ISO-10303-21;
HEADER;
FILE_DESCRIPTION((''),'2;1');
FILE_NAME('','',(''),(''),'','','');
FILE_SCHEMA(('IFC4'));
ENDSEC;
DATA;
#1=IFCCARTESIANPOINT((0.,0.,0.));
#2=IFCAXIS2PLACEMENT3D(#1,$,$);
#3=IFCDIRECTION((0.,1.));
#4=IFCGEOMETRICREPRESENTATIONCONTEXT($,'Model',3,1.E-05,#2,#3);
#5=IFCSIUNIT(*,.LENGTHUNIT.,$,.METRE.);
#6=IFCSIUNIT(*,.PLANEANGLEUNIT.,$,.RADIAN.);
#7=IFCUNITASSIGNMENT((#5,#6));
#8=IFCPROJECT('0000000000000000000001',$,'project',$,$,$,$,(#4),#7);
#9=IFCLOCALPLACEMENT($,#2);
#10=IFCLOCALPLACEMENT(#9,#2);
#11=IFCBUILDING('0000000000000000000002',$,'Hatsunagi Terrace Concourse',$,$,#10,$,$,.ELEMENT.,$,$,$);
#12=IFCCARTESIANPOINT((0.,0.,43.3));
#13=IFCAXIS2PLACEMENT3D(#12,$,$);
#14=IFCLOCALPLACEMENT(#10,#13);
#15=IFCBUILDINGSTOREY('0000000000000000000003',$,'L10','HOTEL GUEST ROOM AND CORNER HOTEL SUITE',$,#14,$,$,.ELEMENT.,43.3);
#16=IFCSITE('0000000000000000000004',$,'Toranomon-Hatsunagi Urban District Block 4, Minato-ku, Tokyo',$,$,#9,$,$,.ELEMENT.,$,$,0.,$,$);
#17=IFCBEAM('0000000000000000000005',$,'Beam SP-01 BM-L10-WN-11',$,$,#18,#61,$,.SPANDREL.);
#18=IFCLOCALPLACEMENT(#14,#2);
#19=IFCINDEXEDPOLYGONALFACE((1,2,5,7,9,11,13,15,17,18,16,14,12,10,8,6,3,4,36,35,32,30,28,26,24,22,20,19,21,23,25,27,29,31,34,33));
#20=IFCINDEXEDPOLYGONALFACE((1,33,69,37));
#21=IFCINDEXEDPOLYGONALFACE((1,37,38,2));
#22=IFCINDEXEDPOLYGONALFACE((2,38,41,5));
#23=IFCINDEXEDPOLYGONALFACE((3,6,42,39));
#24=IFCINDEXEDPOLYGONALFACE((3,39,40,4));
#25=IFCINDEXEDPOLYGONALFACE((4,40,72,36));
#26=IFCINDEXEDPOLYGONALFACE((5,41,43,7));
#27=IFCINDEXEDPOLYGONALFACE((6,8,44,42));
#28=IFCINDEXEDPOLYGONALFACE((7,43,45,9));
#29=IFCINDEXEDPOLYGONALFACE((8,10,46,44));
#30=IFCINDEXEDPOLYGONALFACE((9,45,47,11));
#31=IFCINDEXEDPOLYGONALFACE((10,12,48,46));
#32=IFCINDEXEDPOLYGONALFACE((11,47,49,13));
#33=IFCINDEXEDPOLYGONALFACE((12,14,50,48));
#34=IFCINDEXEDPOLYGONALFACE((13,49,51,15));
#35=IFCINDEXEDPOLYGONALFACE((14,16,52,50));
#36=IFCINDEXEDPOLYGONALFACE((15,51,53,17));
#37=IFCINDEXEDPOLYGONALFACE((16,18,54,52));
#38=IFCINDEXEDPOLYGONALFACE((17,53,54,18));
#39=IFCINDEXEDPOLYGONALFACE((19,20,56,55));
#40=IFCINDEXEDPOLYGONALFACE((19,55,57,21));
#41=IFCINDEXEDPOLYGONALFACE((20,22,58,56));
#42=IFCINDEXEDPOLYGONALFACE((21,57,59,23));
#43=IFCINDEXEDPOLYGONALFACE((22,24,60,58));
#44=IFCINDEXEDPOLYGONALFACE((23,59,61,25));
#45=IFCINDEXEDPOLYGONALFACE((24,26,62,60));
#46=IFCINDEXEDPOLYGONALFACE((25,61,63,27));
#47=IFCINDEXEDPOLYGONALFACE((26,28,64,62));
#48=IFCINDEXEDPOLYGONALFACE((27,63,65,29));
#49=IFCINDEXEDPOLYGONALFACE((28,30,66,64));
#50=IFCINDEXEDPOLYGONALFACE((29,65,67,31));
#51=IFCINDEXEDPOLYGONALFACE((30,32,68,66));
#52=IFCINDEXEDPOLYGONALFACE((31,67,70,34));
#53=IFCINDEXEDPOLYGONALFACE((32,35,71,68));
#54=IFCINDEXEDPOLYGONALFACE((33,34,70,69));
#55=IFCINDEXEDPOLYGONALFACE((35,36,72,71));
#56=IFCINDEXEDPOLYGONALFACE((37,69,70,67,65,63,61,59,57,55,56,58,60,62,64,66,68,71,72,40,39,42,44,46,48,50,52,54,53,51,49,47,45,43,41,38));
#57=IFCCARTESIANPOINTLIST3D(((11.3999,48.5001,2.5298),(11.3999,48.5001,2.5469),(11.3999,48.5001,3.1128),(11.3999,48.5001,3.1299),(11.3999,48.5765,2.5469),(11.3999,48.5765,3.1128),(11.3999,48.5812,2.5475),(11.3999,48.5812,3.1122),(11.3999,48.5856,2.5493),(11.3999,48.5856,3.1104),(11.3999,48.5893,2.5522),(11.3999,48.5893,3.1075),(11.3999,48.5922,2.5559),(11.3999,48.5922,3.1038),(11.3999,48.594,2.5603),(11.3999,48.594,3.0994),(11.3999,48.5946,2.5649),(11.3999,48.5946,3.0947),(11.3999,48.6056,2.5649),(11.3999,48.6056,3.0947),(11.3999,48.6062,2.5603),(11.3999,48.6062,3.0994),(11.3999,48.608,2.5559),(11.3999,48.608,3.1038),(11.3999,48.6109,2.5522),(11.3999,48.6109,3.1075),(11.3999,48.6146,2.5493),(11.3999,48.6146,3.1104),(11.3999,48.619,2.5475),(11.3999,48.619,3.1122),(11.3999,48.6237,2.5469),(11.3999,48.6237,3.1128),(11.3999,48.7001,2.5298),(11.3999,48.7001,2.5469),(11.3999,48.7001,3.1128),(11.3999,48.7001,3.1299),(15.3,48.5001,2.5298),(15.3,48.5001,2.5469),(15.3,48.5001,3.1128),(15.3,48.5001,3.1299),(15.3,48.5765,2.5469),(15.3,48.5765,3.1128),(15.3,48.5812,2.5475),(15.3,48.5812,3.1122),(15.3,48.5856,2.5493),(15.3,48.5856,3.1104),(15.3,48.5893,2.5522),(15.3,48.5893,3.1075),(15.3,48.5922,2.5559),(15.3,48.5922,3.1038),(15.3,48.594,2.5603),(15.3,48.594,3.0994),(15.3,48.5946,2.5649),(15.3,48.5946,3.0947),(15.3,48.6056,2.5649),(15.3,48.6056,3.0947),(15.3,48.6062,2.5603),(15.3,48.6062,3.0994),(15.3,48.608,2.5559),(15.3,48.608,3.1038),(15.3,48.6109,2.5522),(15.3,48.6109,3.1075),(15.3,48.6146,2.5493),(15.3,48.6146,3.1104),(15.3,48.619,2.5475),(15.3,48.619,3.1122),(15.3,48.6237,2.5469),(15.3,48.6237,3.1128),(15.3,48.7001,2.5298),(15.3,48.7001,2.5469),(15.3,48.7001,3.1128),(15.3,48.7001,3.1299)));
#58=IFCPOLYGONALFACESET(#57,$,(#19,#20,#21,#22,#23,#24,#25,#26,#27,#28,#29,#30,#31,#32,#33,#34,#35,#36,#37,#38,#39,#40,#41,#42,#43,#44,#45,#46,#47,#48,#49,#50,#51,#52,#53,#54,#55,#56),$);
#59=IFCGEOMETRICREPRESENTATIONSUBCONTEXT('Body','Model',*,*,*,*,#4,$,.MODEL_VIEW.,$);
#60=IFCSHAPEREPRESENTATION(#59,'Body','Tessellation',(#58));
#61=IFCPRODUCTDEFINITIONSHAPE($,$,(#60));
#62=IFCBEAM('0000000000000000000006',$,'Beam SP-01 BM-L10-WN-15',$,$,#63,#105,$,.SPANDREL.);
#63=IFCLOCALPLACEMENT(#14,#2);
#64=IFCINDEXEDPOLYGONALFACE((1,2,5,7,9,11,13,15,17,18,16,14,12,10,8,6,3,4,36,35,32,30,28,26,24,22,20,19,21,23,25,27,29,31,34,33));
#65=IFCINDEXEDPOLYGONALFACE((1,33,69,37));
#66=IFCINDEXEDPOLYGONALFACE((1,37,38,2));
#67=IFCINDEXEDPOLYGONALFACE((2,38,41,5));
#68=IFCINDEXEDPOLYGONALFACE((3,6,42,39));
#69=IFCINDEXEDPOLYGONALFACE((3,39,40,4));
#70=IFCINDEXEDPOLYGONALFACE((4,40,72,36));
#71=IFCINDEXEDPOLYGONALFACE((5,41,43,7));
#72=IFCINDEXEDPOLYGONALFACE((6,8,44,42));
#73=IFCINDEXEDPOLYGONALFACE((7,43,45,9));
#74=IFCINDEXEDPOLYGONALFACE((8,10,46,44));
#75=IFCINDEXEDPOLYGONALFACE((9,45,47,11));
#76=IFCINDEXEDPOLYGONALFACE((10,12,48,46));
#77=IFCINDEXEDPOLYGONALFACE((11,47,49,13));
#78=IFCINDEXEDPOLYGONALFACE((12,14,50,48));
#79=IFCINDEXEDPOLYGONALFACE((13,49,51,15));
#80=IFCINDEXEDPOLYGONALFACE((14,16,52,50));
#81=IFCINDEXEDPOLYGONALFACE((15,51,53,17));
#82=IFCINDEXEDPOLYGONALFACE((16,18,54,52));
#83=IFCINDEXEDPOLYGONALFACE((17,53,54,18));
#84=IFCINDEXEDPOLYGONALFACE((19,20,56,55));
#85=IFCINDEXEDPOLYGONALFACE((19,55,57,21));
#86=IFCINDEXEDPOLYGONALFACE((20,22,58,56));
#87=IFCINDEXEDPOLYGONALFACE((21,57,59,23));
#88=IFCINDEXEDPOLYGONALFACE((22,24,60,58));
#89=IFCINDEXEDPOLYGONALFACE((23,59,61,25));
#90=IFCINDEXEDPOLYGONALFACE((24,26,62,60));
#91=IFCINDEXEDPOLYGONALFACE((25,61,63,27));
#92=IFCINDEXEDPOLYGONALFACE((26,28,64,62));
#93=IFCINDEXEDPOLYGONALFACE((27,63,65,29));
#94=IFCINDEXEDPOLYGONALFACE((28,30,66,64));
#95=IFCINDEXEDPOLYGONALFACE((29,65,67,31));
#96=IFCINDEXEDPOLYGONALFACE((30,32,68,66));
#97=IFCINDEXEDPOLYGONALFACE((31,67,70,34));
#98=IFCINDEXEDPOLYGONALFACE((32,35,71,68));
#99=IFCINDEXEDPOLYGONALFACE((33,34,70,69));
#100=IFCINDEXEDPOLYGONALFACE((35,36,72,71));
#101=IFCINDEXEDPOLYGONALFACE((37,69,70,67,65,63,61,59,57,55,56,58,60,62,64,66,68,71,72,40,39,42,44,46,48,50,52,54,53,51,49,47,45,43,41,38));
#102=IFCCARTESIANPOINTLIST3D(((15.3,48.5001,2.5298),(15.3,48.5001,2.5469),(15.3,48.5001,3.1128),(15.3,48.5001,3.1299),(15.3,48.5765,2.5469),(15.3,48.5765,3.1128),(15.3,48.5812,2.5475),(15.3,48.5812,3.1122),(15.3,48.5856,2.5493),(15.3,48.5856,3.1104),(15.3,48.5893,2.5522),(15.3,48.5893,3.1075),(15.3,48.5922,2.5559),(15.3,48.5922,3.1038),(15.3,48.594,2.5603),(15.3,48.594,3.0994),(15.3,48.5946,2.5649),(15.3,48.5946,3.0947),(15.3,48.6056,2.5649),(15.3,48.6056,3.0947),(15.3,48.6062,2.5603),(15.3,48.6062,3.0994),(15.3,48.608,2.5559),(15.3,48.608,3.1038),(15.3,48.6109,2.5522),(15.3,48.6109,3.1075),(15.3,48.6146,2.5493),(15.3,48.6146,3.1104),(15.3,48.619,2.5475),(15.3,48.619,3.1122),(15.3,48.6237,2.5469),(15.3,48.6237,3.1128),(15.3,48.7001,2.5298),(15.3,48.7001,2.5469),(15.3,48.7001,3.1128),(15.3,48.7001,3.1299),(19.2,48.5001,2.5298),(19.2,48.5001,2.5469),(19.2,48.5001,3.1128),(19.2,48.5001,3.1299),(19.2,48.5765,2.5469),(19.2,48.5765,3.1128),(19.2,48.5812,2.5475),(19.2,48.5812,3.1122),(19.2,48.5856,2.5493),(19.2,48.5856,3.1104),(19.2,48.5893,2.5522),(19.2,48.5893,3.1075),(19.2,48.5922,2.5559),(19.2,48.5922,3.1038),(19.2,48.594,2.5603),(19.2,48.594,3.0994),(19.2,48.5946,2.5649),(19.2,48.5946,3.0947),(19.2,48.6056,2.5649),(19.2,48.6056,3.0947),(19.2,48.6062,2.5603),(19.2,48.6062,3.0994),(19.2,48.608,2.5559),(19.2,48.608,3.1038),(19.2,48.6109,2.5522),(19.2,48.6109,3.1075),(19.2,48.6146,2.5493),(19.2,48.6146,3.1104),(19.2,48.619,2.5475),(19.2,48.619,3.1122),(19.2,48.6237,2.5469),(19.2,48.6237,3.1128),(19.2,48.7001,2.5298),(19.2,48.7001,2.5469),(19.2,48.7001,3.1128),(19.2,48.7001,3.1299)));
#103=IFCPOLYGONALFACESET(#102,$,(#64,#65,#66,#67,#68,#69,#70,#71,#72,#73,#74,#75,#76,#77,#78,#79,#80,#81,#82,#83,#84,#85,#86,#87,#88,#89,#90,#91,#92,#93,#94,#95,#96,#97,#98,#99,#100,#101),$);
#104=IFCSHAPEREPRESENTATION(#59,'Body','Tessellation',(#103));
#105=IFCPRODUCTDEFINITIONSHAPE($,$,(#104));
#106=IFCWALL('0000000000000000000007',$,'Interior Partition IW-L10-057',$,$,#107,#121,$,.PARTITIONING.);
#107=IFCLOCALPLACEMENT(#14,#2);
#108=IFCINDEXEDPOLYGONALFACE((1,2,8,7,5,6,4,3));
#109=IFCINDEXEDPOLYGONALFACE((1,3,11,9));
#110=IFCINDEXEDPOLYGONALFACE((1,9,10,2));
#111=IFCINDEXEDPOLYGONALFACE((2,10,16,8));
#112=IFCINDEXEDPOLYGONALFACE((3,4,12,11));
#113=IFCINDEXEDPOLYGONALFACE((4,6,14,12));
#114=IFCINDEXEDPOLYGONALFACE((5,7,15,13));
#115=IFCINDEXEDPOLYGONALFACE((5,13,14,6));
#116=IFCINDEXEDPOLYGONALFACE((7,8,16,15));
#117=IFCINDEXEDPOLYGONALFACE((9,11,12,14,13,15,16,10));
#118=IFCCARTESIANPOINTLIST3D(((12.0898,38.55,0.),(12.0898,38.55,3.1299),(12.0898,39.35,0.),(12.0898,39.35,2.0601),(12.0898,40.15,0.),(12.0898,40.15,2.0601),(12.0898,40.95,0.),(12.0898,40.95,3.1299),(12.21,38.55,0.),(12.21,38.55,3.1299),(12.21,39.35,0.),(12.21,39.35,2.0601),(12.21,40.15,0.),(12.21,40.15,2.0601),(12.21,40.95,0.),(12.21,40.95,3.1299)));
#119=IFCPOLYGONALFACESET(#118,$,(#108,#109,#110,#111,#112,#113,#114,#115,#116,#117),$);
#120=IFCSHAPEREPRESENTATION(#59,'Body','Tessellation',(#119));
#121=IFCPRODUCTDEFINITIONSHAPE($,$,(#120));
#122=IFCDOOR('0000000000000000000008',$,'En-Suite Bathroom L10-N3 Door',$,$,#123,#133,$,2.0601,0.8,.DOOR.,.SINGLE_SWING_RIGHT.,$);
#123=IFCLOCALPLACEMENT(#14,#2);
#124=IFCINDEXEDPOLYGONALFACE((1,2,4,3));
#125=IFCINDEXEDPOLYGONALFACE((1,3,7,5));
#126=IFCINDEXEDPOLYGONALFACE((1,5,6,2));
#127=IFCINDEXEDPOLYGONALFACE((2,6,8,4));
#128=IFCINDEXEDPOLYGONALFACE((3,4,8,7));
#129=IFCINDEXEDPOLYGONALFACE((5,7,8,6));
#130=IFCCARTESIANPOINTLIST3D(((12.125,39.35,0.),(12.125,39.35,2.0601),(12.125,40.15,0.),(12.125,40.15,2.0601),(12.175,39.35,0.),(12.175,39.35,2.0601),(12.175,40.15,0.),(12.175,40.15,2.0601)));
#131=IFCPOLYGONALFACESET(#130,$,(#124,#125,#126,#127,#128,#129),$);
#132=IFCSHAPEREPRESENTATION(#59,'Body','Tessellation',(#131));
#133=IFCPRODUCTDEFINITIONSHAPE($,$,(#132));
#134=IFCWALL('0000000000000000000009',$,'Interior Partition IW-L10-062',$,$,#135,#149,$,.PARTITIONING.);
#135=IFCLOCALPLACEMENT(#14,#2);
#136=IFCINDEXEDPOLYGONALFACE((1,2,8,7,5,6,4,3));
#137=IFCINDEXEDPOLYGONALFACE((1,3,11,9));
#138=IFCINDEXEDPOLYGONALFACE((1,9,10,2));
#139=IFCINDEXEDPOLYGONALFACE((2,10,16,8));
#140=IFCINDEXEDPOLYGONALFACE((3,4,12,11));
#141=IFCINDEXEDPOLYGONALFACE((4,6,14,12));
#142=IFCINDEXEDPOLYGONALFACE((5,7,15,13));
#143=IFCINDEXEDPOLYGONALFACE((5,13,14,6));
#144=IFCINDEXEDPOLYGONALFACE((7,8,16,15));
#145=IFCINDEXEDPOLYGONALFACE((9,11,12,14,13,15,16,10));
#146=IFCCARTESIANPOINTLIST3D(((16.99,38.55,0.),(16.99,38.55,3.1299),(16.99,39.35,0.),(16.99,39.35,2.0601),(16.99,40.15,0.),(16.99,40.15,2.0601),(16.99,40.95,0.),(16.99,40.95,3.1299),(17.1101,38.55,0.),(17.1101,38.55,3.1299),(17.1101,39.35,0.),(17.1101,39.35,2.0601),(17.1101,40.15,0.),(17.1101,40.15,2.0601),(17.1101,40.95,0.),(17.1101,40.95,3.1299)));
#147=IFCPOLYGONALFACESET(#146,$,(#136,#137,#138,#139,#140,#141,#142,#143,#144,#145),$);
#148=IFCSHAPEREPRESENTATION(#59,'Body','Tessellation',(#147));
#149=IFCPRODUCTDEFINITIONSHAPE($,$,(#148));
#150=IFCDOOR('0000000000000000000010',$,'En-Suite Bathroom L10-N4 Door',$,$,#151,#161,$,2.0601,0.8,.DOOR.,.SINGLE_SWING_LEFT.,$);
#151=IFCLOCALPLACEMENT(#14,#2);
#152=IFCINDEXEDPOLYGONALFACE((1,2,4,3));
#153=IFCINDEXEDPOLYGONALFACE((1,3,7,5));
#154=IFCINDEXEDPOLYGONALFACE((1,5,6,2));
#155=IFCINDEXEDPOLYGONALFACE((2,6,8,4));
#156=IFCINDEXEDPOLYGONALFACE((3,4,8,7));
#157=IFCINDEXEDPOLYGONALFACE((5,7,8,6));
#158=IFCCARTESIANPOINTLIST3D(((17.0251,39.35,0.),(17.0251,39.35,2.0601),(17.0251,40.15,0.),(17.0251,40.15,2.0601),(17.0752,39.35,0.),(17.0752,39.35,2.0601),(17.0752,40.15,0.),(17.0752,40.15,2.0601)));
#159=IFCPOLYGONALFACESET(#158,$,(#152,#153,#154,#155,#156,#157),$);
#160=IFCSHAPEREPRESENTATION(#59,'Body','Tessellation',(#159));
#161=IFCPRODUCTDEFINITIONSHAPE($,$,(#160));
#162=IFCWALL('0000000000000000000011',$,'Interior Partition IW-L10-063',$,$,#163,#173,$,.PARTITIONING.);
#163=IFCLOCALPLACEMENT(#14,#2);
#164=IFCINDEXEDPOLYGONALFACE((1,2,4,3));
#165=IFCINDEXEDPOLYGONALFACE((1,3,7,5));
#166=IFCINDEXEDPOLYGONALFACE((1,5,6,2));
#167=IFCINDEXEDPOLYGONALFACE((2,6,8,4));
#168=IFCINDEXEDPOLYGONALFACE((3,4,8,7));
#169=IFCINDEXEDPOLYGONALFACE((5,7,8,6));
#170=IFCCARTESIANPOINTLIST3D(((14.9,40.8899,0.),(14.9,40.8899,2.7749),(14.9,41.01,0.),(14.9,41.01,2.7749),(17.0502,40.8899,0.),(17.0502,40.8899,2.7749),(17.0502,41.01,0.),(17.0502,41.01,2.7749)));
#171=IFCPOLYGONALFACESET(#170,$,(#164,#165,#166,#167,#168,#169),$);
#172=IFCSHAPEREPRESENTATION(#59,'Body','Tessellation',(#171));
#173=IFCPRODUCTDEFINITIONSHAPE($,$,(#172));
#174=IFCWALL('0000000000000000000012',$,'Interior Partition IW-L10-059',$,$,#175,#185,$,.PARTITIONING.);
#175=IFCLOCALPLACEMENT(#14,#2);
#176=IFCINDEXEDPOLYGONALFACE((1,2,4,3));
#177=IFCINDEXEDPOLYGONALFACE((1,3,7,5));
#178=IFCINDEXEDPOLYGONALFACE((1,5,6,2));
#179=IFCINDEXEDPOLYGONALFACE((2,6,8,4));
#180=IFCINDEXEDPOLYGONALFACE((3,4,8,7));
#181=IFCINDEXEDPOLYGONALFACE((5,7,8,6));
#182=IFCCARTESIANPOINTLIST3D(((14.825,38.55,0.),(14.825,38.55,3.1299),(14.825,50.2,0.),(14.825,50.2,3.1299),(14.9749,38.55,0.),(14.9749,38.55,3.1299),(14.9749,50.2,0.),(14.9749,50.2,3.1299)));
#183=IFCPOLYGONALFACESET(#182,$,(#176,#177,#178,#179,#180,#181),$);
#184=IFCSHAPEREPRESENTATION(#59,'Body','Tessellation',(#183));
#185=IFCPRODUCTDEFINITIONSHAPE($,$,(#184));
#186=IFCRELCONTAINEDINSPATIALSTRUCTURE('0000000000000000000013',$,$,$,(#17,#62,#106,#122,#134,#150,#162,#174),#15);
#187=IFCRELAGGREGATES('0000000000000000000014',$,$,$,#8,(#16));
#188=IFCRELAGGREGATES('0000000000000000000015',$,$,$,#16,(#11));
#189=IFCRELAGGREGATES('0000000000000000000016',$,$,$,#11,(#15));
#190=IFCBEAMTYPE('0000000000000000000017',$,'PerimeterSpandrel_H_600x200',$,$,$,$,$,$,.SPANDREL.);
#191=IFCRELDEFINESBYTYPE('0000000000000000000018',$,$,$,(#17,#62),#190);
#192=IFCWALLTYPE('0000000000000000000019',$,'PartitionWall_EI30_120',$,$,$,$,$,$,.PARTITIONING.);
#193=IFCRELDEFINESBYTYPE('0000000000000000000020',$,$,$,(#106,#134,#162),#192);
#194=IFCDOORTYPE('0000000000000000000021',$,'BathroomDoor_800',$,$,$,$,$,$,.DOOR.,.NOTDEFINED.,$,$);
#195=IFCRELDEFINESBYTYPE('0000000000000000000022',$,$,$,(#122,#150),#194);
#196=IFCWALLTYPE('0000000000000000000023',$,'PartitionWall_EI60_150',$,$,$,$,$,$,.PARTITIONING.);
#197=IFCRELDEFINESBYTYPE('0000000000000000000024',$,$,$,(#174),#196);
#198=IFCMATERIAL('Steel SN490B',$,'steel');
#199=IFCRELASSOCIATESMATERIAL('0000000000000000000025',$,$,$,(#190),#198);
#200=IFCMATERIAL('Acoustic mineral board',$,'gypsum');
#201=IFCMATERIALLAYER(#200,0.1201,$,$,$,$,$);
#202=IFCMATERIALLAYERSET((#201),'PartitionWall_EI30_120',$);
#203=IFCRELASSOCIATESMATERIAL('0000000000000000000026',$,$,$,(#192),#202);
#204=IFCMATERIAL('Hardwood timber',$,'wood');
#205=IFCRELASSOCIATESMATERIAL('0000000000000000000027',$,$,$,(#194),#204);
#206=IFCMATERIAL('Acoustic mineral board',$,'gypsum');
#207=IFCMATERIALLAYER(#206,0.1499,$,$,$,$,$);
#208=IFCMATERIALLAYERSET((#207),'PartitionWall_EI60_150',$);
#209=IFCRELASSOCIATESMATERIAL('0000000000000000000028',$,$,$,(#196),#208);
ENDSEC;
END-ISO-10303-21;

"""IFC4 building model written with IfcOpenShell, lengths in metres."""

from ifc_helpers import new_model, si_unit, direction, frame, frame_2d, origin, origin_2d, place, context, subcontext, project, spatial, rectangle, i_section, extrude, material, layer, layer_set, material_profile, profile_set, type_object, element, fill, save


model = new_model("IFC4")

# Units and contexts
model_context = context("Model", 3, precision=1e-05, world=origin(), true_north=direction((0.0, 1.0)))
body_context = subcontext(model_context, "Body", "Model", "MODEL_VIEW")
ifc_project = project(units=[si_unit("LENGTHUNIT", "METRE"), si_unit("PLANEANGLEUNIT", "RADIAN")], contexts=[model_context])

# Site, building, storey
site_placement = place(None, origin())
site = spatial("IfcSite", under=ifc_project, at=site_placement, Name="Toranomon-Hatsunagi Urban District Block 4, Minato-ku, Tokyo", CompositionType="ELEMENT", RefElevation=0.0)
building_placement = place(site_placement, origin())
building = spatial("IfcBuilding", under=site, at=building_placement, Name="Hatsunagi Terrace Concourse", CompositionType="ELEMENT")
storey_placement = place(building_placement, frame((0.0, 0.0, 43.3)))
storey = spatial("IfcBuildingStorey", under=building, at=storey_placement, Name="L10", Description="HOTEL GUEST ROOM AND CORNER HOTEL SUITE", CompositionType="ELEMENT", Elevation=43.3)

# Beams
ifc_material_1 = material(Name="Steel SN490B", Category="steel")
ifc_material_profile_1 = material_profile(ifc_material_1, i_section(OverallWidth=0.2, OverallDepth=0.6001, WebThickness=0.011, FlangeThickness=0.0171, FilletRadius=0.0181, at=origin_2d()), Name="H-600x200x11x17")
ifc_profile_set_1 = profile_set([ifc_material_profile_1], Name="Steel SN490B")
beam_type_1 = type_object("IfcBeamType", Name="PerimeterSpandrel_H_600x200", PredefinedType="SPANDREL", material=ifc_profile_set_1)
beam_1_placement = place(storey_placement, frame((11.3999, 48.6001, 2.8298), z_axis=(1.0, 0.0, 0.0), x_axis=(0.0, 1.0, 0.0)))
element("IfcBeam", 1, at=beam_1_placement, inside=storey, type_object=beam_type_1, Name="Beam SP-01 BM-L10-WN-11", PredefinedType="SPANDREL", context=body_context, shape_type="SweptSolid", body=[
    extrude(i_section(OverallWidth=0.2, OverallDepth=0.6001, WebThickness=0.011, FlangeThickness=0.0171, FilletRadius=0.0181, at=origin_2d()), origin(), (0.0, 0.0, 1.0), 3.9001),
])
beam_2_placement = place(storey_placement, frame((15.3, 48.6001, 2.8298), z_axis=(1.0, 0.0, 0.0), x_axis=(0.0, 1.0, 0.0)))
element("IfcBeam", 2, at=beam_2_placement, inside=storey, type_object=beam_type_1, Name="Beam SP-01 BM-L10-WN-15", PredefinedType="SPANDREL", context=body_context, shape_type="SweptSolid", body=[
    extrude(i_section(OverallWidth=0.2, OverallDepth=0.6001, WebThickness=0.011, FlangeThickness=0.0171, FilletRadius=0.0181, at=origin_2d()), origin(), (0.0, 0.0, 1.0), 3.8999),
])

# Walls, openings, doors
ifc_material_2 = material(Name="Acoustic mineral board", Category="gypsum")
ifc_layer_1 = layer(ifc_material_2, 0.1201)
ifc_layer_set_1 = layer_set([ifc_layer_1], Name="PartitionWall_EI30_120")
wall_type_1 = type_object("IfcWallType", Name="PartitionWall_EI30_120", PredefinedType="PARTITIONING", material=ifc_layer_set_1)
wall_1_placement = place(storey_placement, frame((12.1499, 38.55, 0.0), z_axis=(0.0, 0.0, 1.0), x_axis=(0.0, 1.0, 0.0)))
wall_1 = element("IfcWall", 3, at=wall_1_placement, inside=storey, type_object=wall_type_1, Name="Interior Partition IW-L10-057", PredefinedType="PARTITIONING", context=body_context, shape_type="SweptSolid", body=[
    extrude(rectangle(XDim=2.3999, YDim=0.1201, at=frame_2d((1.2, 0.0))), origin(), (0.0, 0.0, 1.0), 3.1299),
])
opening_1_placement = place(wall_1_placement, frame((0.8, 0.0, 0.0)))
opening_1 = element("IfcOpeningElement", 4, at=opening_1_placement, cuts=wall_1, PredefinedType="OPENING", context=body_context, shape_type="SweptSolid", body=[
    extrude(rectangle(XDim=0.8, YDim=2.0601, at=frame_2d((0.3999, 1.03))), frame((0.0, 0.0701, 0.0), z_axis=(0.0, -1.0, 0.0), x_axis=(1.0, 0.0, 0.0)), (0.0, 0.0, 1.0), 0.1401),
])
ifc_material_3 = material(Name="Hardwood timber", Category="wood")
door_type_1 = type_object("IfcDoorType", Name="BathroomDoor_800", OperationType="NOTDEFINED", PredefinedType="DOOR", material=ifc_material_3)
door_1_placement = place(opening_1_placement, origin())
door_1 = element("IfcDoor", 5, at=door_1_placement, inside=storey, type_object=door_type_1, Name="En-Suite Bathroom L10-N3 Door", OperationType="SINGLE_SWING_RIGHT", OverallHeight=2.0601, OverallWidth=0.8, PredefinedType="DOOR", context=body_context, shape_type="SweptSolid", body=[
    extrude(rectangle(XDim=0.8, YDim=2.0601, at=frame_2d((0.3999, 1.03))), frame((0.0, 0.0249, 0.0), z_axis=(0.0, -1.0, 0.0), x_axis=(1.0, 0.0, 0.0)), (0.0, 0.0, 1.0), 0.05),
])
fill(opening_1, door_1)
wall_2_placement = place(storey_placement, frame((17.05, 38.55, 0.0), z_axis=(0.0, 0.0, 1.0), x_axis=(0.0, 1.0, 0.0)))
wall_2 = element("IfcWall", 6, at=wall_2_placement, inside=storey, type_object=wall_type_1, Name="Interior Partition IW-L10-062", PredefinedType="PARTITIONING", context=body_context, shape_type="SweptSolid", body=[
    extrude(rectangle(XDim=2.3999, YDim=0.1201, at=frame_2d((1.2, 0.0))), origin(), (0.0, 0.0, 1.0), 3.1299),
])
opening_2_placement = place(wall_2_placement, frame((0.8, 0.0, 0.0)))
opening_2 = element("IfcOpeningElement", 7, at=opening_2_placement, cuts=wall_2, PredefinedType="OPENING", context=body_context, shape_type="SweptSolid", body=[
    extrude(rectangle(XDim=0.8, YDim=2.0601, at=frame_2d((0.3999, 1.03))), frame((0.0, 0.0701, 0.0), z_axis=(0.0, -1.0, 0.0), x_axis=(1.0, 0.0, 0.0)), (0.0, 0.0, 1.0), 0.1401),
])
door_2_placement = place(opening_2_placement, origin())
door_2 = element("IfcDoor", 8, at=door_2_placement, inside=storey, type_object=door_type_1, Name="En-Suite Bathroom L10-N4 Door", OperationType="SINGLE_SWING_LEFT", OverallHeight=2.0601, OverallWidth=0.8, PredefinedType="DOOR", context=body_context, shape_type="SweptSolid", body=[
    extrude(rectangle(XDim=0.8, YDim=2.0601, at=frame_2d((0.3999, 1.03))), frame((0.0, 0.0249, 0.0), z_axis=(0.0, -1.0, 0.0), x_axis=(1.0, 0.0, 0.0)), (0.0, 0.0, 1.0), 0.05),
])
fill(opening_2, door_2)

# Wall
wall_3_placement = place(storey_placement, frame((14.8999, 40.95, 0.0), z_axis=(0.0, 0.0, 1.0), x_axis=(1.0, 0.0, 0.0)))
element("IfcWall", 9, at=wall_3_placement, inside=storey, type_object=wall_type_1, Name="Interior Partition IW-L10-063", PredefinedType="PARTITIONING", context=body_context, shape_type="SweptSolid", body=[
    extrude(rectangle(XDim=2.1501, YDim=0.1201, at=frame_2d((1.0752, 0.0))), origin(), (0.0, 0.0, 1.0), 2.7749),
])

# Shared definitions
ifc_material_4 = material(Name="Acoustic mineral board", Category="gypsum")
ifc_layer_2 = layer(ifc_material_4, 0.1499)
ifc_layer_set_2 = layer_set([ifc_layer_2], Name="PartitionWall_EI60_150")
wall_type_2 = type_object("IfcWallType", Name="PartitionWall_EI60_150", PredefinedType="PARTITIONING", material=ifc_layer_set_2)

# Wall
wall_4_placement = place(storey_placement, frame((14.8999, 38.55, 0.0), z_axis=(0.0, 0.0, 1.0), x_axis=(0.0, 1.0, 0.0)))
element("IfcWall", 10, at=wall_4_placement, inside=storey, type_object=wall_type_2, Name="Interior Partition IW-L10-059", PredefinedType="PARTITIONING", context=body_context, shape_type="SweptSolid", body=[
    extrude(rectangle(XDim=11.6499, YDim=0.1499, at=frame_2d((5.825, 0.0))), origin(), (0.0, 0.0, 1.0), 3.1299),
])

save(model, "model.ifc")
